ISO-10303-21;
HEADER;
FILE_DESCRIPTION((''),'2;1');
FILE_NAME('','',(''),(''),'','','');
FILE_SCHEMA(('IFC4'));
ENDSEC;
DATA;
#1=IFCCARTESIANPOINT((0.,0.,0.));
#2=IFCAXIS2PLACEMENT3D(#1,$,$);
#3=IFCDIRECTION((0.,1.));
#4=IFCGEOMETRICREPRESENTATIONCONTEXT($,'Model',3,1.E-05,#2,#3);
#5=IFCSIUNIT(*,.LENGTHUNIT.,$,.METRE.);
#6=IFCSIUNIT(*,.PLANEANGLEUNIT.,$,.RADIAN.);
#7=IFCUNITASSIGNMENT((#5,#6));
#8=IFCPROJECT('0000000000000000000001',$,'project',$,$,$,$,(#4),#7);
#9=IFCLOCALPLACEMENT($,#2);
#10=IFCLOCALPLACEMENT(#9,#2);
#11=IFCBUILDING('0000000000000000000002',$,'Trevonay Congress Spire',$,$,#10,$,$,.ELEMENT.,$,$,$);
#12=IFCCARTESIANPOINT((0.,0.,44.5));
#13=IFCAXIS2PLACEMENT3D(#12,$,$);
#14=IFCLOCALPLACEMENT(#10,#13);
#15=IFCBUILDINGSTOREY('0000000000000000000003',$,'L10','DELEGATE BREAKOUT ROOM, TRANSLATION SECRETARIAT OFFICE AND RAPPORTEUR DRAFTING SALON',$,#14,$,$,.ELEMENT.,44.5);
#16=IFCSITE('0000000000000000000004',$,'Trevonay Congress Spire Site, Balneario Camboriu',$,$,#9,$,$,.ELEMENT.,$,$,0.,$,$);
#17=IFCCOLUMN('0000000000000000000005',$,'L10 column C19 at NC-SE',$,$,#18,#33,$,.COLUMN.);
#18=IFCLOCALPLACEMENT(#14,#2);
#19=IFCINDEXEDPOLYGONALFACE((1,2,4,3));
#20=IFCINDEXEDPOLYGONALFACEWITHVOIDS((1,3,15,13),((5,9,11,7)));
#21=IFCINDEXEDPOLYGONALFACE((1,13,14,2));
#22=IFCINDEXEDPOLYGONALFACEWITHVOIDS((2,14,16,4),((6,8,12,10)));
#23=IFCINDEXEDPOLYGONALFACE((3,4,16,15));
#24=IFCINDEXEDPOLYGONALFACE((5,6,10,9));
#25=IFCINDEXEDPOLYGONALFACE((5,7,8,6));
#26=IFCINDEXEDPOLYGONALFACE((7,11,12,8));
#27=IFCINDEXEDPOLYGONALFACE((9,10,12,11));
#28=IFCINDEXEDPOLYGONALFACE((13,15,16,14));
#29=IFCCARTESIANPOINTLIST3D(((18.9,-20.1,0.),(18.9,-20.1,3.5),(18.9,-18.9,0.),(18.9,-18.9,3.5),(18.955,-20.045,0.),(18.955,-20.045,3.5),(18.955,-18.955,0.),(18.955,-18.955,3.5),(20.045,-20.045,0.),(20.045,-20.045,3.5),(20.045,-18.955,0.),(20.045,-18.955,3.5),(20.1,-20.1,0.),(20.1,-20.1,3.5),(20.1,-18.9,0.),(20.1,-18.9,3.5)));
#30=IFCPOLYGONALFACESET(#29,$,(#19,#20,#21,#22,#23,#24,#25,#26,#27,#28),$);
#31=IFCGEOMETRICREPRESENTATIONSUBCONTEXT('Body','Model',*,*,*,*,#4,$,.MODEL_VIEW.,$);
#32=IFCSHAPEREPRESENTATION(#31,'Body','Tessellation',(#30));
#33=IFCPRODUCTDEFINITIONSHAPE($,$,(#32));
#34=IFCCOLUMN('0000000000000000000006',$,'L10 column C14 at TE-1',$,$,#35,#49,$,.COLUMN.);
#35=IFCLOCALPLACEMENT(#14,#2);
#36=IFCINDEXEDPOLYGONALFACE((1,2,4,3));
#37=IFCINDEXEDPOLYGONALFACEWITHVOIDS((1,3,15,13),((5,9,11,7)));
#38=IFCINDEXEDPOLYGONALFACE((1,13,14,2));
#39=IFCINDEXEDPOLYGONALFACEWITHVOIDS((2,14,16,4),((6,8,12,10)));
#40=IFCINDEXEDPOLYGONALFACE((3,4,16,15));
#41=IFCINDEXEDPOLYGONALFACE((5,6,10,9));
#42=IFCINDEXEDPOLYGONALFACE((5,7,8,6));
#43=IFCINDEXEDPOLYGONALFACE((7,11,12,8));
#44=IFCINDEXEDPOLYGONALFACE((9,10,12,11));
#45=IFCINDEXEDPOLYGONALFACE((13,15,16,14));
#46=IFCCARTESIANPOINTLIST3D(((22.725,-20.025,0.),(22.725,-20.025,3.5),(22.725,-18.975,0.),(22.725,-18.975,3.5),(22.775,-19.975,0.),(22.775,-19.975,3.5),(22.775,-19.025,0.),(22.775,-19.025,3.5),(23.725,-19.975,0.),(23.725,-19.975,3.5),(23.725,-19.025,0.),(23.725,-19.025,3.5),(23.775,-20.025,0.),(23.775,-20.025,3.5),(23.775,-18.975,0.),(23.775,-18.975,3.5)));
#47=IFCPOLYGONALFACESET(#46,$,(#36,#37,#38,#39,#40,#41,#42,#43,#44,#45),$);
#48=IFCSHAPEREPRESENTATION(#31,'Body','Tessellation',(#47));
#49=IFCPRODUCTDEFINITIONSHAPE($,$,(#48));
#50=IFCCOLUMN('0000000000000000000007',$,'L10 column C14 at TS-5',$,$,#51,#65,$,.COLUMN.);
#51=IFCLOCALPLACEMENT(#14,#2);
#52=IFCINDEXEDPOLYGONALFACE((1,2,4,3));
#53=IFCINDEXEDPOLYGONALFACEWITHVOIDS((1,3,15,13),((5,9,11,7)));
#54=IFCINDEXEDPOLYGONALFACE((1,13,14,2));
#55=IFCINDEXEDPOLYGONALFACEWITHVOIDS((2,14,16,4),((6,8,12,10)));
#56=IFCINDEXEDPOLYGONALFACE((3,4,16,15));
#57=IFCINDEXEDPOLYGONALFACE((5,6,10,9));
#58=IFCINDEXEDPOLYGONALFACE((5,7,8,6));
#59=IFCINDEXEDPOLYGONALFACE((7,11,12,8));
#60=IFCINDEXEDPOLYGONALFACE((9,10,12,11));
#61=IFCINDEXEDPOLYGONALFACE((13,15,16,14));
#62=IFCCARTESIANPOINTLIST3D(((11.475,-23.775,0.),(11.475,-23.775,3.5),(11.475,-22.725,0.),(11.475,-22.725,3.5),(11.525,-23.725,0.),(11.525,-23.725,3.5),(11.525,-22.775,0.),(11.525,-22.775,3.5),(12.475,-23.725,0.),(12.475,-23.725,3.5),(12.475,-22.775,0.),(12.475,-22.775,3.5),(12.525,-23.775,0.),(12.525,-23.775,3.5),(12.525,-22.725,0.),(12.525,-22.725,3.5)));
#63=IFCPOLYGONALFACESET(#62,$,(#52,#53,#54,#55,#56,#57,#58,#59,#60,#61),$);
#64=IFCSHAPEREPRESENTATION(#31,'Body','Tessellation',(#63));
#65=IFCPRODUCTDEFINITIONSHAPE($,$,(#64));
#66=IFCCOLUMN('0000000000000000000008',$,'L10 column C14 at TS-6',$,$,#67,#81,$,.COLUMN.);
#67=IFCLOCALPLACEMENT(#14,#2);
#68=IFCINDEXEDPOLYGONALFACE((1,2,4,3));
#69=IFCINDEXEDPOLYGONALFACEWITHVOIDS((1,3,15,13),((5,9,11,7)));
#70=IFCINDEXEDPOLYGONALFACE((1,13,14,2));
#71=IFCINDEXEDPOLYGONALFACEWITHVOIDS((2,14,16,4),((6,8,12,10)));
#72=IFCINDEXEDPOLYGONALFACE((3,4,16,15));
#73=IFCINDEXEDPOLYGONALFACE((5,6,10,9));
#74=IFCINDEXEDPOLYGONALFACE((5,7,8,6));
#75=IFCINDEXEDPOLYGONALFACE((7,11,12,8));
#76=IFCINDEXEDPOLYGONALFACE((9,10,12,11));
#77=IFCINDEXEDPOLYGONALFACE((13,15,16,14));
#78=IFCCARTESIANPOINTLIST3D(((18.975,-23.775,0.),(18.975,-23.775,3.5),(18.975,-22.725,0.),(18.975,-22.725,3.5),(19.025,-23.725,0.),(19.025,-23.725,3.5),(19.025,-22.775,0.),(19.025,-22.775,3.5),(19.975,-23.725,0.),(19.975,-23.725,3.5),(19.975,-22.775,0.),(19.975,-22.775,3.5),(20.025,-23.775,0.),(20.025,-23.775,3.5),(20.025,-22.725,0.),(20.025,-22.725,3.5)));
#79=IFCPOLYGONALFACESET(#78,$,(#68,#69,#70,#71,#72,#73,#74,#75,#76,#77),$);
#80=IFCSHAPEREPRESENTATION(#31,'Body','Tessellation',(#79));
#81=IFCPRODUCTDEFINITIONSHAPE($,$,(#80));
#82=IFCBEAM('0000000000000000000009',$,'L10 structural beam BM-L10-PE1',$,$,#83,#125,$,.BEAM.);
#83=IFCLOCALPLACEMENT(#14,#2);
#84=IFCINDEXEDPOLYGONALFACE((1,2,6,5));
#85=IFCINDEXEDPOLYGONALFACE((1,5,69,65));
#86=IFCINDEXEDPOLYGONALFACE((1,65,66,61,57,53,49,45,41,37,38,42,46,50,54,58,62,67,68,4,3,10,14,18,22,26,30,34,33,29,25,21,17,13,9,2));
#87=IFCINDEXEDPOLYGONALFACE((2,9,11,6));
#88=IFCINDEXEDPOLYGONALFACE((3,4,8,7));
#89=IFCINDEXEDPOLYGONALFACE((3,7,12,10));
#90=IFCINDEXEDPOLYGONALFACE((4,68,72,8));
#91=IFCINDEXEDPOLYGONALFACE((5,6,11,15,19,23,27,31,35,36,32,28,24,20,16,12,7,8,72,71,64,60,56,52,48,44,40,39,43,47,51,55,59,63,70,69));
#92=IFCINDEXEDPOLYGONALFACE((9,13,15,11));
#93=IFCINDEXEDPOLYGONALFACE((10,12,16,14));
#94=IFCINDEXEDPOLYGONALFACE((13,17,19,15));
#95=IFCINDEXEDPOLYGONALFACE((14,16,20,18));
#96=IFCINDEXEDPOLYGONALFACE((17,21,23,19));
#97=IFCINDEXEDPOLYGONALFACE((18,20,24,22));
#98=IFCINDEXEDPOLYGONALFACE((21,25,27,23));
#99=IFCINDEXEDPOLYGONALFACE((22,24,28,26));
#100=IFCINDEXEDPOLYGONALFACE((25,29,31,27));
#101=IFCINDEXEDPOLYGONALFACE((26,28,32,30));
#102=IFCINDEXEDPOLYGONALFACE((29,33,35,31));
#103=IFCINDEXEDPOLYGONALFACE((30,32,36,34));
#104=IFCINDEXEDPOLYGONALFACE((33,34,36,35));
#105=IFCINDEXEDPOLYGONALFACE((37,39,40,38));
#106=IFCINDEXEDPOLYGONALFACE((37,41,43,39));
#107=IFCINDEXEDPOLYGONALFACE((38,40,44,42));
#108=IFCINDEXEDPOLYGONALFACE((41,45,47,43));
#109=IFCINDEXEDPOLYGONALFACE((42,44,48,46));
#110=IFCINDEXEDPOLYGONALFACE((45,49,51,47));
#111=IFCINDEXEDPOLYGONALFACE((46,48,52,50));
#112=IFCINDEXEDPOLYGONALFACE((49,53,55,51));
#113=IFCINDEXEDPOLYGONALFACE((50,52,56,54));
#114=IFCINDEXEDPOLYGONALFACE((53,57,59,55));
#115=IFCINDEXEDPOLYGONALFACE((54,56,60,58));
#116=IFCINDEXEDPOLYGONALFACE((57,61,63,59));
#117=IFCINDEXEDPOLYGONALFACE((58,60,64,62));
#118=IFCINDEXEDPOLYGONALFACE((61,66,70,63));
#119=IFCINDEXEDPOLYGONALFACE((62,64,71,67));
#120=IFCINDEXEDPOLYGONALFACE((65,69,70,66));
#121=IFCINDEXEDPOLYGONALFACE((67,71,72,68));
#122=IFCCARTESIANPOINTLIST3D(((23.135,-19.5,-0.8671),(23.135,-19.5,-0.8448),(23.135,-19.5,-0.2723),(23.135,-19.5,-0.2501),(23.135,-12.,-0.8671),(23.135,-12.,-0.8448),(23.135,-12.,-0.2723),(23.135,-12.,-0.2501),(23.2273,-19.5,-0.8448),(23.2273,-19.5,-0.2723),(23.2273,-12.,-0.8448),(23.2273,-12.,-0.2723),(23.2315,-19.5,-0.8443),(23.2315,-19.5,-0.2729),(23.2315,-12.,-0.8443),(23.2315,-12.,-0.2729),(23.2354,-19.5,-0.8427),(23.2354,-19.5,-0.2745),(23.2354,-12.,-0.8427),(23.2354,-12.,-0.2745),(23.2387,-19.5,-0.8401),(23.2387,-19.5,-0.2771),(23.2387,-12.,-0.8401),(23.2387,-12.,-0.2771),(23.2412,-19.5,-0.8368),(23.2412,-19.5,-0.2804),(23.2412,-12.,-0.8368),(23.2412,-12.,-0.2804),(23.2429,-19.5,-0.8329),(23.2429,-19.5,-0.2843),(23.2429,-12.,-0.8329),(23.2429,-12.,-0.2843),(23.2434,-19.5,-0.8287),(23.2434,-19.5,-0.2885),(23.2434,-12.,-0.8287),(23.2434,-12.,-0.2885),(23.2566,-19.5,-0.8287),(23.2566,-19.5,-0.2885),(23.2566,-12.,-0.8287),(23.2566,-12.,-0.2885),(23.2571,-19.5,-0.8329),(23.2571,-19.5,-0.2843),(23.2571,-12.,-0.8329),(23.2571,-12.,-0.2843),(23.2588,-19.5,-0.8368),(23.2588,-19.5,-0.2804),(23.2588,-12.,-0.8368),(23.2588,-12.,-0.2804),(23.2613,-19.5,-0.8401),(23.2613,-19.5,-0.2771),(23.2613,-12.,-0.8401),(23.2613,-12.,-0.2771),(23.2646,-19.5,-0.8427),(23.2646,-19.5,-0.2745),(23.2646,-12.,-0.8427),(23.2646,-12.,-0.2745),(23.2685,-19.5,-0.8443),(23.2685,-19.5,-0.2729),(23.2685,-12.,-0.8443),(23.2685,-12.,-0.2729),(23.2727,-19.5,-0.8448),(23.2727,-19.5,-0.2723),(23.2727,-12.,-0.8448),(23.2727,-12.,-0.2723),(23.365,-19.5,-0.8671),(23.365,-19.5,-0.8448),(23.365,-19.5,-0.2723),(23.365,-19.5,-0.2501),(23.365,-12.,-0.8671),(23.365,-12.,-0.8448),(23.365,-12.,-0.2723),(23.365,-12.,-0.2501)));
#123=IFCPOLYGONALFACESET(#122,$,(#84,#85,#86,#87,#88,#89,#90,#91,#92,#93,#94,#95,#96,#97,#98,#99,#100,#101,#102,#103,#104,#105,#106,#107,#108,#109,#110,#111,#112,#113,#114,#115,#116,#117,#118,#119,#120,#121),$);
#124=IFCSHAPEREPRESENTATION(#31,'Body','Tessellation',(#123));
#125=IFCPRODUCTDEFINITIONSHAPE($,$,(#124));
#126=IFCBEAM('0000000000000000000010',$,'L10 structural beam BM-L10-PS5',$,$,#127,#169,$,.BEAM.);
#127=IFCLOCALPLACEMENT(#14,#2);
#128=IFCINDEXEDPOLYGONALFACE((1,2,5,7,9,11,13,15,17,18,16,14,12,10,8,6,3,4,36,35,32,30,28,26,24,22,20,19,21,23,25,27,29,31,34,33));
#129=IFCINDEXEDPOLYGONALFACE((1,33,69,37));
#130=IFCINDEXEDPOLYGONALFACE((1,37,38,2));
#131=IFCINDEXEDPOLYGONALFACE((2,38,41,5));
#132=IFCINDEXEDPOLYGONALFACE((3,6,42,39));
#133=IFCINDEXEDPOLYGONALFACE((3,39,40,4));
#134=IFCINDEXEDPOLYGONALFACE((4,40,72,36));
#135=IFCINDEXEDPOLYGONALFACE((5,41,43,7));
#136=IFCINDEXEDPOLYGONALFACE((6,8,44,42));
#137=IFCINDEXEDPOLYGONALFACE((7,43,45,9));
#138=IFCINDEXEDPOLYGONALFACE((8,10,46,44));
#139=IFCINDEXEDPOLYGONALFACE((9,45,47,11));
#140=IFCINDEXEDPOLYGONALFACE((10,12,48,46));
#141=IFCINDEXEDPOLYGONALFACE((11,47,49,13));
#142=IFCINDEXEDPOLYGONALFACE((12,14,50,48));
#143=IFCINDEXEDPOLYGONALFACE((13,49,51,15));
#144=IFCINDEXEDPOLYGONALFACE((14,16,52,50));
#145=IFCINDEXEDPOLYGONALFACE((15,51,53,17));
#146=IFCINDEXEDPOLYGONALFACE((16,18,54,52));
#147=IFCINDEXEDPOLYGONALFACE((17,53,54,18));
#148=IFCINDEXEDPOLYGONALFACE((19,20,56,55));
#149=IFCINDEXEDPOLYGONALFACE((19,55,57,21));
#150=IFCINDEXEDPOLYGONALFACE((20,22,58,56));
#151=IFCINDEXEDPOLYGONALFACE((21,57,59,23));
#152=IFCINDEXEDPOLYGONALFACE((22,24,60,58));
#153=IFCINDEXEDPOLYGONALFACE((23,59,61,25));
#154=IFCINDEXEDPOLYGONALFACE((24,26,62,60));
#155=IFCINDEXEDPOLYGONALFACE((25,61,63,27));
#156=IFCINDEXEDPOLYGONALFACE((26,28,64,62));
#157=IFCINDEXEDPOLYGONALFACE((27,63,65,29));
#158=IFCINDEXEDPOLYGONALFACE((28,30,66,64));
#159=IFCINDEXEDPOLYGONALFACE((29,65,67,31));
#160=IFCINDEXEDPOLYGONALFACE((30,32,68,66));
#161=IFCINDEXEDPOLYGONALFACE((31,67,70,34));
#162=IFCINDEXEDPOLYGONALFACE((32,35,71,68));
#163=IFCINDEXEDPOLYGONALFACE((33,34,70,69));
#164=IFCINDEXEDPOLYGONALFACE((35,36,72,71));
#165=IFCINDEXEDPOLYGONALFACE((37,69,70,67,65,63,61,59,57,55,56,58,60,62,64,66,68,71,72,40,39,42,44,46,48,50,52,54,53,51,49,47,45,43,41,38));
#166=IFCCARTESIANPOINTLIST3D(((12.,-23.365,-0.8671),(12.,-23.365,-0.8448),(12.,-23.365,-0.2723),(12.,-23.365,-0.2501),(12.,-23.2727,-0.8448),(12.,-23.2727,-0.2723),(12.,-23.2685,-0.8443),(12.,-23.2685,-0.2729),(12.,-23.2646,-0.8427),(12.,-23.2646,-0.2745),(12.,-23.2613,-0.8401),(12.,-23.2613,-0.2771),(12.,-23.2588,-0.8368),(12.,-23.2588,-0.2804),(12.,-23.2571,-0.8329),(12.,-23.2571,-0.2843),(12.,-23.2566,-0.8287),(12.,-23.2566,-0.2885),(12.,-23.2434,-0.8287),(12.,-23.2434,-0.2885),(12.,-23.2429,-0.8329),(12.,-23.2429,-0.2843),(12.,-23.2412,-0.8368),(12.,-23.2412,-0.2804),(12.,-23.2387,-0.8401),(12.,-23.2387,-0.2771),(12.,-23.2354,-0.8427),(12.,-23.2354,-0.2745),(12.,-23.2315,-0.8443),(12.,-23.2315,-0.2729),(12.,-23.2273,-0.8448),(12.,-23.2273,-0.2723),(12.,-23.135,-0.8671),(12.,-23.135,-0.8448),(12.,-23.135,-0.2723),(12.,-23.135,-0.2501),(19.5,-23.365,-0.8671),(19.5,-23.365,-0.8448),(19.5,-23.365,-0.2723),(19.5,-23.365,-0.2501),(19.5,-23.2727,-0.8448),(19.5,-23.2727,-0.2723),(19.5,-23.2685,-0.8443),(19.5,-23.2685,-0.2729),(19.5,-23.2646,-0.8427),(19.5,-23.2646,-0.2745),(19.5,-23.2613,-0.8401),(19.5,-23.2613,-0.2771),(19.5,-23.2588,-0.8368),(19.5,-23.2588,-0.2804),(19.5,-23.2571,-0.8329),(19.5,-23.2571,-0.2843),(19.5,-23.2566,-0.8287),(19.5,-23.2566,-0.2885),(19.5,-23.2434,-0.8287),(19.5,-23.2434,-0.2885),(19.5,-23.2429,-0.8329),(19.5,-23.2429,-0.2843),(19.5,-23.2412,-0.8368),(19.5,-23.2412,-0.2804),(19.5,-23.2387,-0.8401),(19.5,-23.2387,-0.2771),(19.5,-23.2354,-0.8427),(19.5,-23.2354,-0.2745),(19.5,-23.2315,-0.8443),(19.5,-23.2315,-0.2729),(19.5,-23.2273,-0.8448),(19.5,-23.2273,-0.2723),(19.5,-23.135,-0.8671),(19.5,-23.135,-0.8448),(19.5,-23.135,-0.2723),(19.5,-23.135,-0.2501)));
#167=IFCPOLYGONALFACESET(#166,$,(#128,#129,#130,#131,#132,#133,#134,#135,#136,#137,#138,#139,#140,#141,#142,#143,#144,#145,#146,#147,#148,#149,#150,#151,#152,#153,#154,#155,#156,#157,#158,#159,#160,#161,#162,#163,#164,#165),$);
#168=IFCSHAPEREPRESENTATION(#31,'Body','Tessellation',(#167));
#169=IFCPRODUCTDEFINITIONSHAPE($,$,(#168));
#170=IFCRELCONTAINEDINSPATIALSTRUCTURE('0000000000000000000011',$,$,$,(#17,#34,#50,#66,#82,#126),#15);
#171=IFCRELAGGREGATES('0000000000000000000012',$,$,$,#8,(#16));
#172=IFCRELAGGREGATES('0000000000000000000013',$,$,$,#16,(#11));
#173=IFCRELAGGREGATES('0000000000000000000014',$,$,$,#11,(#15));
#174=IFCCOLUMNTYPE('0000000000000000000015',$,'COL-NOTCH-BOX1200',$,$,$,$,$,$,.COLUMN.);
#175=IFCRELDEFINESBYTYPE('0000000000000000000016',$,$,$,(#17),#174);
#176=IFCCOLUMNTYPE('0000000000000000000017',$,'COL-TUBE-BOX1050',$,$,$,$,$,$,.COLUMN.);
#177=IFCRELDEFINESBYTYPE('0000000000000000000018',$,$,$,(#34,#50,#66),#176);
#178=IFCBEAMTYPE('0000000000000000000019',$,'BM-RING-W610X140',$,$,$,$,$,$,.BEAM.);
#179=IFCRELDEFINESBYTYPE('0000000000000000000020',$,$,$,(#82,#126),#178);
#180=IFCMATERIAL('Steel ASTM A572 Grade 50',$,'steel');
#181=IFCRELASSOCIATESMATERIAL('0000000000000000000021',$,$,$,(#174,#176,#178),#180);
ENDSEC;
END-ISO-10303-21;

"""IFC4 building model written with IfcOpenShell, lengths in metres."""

from ifc_helpers import new_model, si_unit, direction, frame, origin, origin_2d, place, context, subcontext, project, spatial, hollow_rectangle, i_section, extrude, material, material_profile, profile_set, type_object, element, save


model = new_model("IFC4")

# Units and contexts
model_context = context("Model", 3, precision=1e-05, world=origin(), true_north=direction((0.0, 1.0)))
body_context = subcontext(model_context, "Body", "Model", "MODEL_VIEW")
ifc_project = project(units=[si_unit("LENGTHUNIT", "METRE"), si_unit("PLANEANGLEUNIT", "RADIAN")], contexts=[model_context])

# Site, building, storey
site_placement = place(None, origin())
site = spatial("IfcSite", under=ifc_project, at=site_placement, Name="Trevonay Congress Spire Site, Balneario Camboriu", CompositionType="ELEMENT", RefElevation=0.0)
building_placement = place(site_placement, origin())
building = spatial("IfcBuilding", under=site, at=building_placement, Name="Trevonay Congress Spire", CompositionType="ELEMENT")
storey_placement = place(building_placement, frame((0.0, 0.0, 44.5)))
storey = spatial("IfcBuildingStorey", under=building, at=storey_placement, Name="L10", Description="DELEGATE BREAKOUT ROOM, TRANSLATION SECRETARIAT OFFICE AND RAPPORTEUR DRAFTING SALON", CompositionType="ELEMENT", Elevation=44.5)

# Columns
ifc_material_1 = material(Name="Steel ASTM A572 Grade 50", Category="steel")
ifc_material_profile_1 = material_profile(ifc_material_1, hollow_rectangle(XDim=1.2, YDim=1.2, WallThickness=0.0549, at=origin_2d()), Name="BOX 1200x1200x55")
ifc_profile_set_1 = profile_set([ifc_material_profile_1], Name="Steel ASTM A572 Grade 50")
column_type_1 = type_object("IfcColumnType", Name="COL-NOTCH-BOX1200", PredefinedType="COLUMN", material=ifc_profile_set_1)
column_placement = place(storey_placement, frame((19.5, -19.5, 0.0), z_axis=(0.0, 0.0, 1.0), x_axis=(1.0, 0.0, 0.0)))
element("IfcColumn", 1, at=column_placement, inside=storey, type_object=column_type_1, Name="L10 column C19 at NC-SE", PredefinedType="COLUMN", context=body_context, shape_type="SweptSolid", body=[
    extrude(hollow_rectangle(XDim=1.2, YDim=1.2, WallThickness=0.0549, at=origin_2d()), origin(), (0.0, 0.0, 1.0), 3.5),
])
ifc_material_profile_2 = material_profile(ifc_material_1, hollow_rectangle(XDim=1.05, YDim=1.05, WallThickness=0.05, at=origin_2d()), Name="BOX 1050x1050x50")
ifc_profile_set_2 = profile_set([ifc_material_profile_2], Name="Steel ASTM A572 Grade 50")
column_type_2 = type_object("IfcColumnType", Name="COL-TUBE-BOX1050", PredefinedType="COLUMN", material=ifc_profile_set_2)
for number, where, z_axis, x_axis, name in (
    (2, (23.25, -19.5, 0.0), (0.0, 0.0, 1.0), (1.0, 0.0, 0.0), "L10 column C14 at TE-1"),
    (3, (12.0, -23.25, 0.0), (0.0, 0.0, 1.0), (1.0, 0.0, 0.0), "L10 column C14 at TS-5"),
    (4, (19.5, -23.25, 0.0), (0.0, 0.0, 1.0), (1.0, 0.0, 0.0), "L10 column C14 at TS-6"),
):
    element("IfcColumn", number, at=place(storey_placement, frame(where, z_axis=z_axis, x_axis=x_axis)), inside=storey, type_object=column_type_2, Name=name, PredefinedType="COLUMN", context=body_context, shape_type="SweptSolid", body=[
        extrude(hollow_rectangle(XDim=1.05, YDim=1.05, WallThickness=0.05, at=origin_2d()), origin(), (0.0, 0.0, 1.0), 3.5),
    ])

# Beams
ifc_material_profile_3 = material_profile(ifc_material_1, i_section(OverallWidth=0.23, OverallDepth=0.6169, WebThickness=0.0132, FlangeThickness=0.0222, FilletRadius=0.0161, at=origin_2d()), Name="W610x140")
ifc_profile_set_3 = profile_set([ifc_material_profile_3], Name="Steel ASTM A572 Grade 50")
beam_type = type_object("IfcBeamType", Name="BM-RING-W610X140", PredefinedType="BEAM", material=ifc_profile_set_3)
for number, where, z_axis, x_axis, name in (
    (5, (23.25, -19.5, -0.5586), (0.0, 1.0, 0.0), (-1.0, 0.0, 0.0), "L10 structural beam BM-L10-PE1"),
    (6, (12.0, -23.25, -0.5586), (1.0, 0.0, 0.0), (0.0, 1.0, 0.0), "L10 structural beam BM-L10-PS5"),
):
    element("IfcBeam", number, at=place(storey_placement, frame(where, z_axis=z_axis, x_axis=x_axis)), inside=storey, type_object=beam_type, Name=name, PredefinedType="BEAM", context=body_context, shape_type="SweptSolid", body=[
        extrude(i_section(OverallWidth=0.23, OverallDepth=0.6169, WebThickness=0.0132, FlangeThickness=0.0222, FilletRadius=0.0161, at=origin_2d()), origin(), (0.0, 0.0, 1.0), 7.5),
    ])

save(model, "model.ifc")
